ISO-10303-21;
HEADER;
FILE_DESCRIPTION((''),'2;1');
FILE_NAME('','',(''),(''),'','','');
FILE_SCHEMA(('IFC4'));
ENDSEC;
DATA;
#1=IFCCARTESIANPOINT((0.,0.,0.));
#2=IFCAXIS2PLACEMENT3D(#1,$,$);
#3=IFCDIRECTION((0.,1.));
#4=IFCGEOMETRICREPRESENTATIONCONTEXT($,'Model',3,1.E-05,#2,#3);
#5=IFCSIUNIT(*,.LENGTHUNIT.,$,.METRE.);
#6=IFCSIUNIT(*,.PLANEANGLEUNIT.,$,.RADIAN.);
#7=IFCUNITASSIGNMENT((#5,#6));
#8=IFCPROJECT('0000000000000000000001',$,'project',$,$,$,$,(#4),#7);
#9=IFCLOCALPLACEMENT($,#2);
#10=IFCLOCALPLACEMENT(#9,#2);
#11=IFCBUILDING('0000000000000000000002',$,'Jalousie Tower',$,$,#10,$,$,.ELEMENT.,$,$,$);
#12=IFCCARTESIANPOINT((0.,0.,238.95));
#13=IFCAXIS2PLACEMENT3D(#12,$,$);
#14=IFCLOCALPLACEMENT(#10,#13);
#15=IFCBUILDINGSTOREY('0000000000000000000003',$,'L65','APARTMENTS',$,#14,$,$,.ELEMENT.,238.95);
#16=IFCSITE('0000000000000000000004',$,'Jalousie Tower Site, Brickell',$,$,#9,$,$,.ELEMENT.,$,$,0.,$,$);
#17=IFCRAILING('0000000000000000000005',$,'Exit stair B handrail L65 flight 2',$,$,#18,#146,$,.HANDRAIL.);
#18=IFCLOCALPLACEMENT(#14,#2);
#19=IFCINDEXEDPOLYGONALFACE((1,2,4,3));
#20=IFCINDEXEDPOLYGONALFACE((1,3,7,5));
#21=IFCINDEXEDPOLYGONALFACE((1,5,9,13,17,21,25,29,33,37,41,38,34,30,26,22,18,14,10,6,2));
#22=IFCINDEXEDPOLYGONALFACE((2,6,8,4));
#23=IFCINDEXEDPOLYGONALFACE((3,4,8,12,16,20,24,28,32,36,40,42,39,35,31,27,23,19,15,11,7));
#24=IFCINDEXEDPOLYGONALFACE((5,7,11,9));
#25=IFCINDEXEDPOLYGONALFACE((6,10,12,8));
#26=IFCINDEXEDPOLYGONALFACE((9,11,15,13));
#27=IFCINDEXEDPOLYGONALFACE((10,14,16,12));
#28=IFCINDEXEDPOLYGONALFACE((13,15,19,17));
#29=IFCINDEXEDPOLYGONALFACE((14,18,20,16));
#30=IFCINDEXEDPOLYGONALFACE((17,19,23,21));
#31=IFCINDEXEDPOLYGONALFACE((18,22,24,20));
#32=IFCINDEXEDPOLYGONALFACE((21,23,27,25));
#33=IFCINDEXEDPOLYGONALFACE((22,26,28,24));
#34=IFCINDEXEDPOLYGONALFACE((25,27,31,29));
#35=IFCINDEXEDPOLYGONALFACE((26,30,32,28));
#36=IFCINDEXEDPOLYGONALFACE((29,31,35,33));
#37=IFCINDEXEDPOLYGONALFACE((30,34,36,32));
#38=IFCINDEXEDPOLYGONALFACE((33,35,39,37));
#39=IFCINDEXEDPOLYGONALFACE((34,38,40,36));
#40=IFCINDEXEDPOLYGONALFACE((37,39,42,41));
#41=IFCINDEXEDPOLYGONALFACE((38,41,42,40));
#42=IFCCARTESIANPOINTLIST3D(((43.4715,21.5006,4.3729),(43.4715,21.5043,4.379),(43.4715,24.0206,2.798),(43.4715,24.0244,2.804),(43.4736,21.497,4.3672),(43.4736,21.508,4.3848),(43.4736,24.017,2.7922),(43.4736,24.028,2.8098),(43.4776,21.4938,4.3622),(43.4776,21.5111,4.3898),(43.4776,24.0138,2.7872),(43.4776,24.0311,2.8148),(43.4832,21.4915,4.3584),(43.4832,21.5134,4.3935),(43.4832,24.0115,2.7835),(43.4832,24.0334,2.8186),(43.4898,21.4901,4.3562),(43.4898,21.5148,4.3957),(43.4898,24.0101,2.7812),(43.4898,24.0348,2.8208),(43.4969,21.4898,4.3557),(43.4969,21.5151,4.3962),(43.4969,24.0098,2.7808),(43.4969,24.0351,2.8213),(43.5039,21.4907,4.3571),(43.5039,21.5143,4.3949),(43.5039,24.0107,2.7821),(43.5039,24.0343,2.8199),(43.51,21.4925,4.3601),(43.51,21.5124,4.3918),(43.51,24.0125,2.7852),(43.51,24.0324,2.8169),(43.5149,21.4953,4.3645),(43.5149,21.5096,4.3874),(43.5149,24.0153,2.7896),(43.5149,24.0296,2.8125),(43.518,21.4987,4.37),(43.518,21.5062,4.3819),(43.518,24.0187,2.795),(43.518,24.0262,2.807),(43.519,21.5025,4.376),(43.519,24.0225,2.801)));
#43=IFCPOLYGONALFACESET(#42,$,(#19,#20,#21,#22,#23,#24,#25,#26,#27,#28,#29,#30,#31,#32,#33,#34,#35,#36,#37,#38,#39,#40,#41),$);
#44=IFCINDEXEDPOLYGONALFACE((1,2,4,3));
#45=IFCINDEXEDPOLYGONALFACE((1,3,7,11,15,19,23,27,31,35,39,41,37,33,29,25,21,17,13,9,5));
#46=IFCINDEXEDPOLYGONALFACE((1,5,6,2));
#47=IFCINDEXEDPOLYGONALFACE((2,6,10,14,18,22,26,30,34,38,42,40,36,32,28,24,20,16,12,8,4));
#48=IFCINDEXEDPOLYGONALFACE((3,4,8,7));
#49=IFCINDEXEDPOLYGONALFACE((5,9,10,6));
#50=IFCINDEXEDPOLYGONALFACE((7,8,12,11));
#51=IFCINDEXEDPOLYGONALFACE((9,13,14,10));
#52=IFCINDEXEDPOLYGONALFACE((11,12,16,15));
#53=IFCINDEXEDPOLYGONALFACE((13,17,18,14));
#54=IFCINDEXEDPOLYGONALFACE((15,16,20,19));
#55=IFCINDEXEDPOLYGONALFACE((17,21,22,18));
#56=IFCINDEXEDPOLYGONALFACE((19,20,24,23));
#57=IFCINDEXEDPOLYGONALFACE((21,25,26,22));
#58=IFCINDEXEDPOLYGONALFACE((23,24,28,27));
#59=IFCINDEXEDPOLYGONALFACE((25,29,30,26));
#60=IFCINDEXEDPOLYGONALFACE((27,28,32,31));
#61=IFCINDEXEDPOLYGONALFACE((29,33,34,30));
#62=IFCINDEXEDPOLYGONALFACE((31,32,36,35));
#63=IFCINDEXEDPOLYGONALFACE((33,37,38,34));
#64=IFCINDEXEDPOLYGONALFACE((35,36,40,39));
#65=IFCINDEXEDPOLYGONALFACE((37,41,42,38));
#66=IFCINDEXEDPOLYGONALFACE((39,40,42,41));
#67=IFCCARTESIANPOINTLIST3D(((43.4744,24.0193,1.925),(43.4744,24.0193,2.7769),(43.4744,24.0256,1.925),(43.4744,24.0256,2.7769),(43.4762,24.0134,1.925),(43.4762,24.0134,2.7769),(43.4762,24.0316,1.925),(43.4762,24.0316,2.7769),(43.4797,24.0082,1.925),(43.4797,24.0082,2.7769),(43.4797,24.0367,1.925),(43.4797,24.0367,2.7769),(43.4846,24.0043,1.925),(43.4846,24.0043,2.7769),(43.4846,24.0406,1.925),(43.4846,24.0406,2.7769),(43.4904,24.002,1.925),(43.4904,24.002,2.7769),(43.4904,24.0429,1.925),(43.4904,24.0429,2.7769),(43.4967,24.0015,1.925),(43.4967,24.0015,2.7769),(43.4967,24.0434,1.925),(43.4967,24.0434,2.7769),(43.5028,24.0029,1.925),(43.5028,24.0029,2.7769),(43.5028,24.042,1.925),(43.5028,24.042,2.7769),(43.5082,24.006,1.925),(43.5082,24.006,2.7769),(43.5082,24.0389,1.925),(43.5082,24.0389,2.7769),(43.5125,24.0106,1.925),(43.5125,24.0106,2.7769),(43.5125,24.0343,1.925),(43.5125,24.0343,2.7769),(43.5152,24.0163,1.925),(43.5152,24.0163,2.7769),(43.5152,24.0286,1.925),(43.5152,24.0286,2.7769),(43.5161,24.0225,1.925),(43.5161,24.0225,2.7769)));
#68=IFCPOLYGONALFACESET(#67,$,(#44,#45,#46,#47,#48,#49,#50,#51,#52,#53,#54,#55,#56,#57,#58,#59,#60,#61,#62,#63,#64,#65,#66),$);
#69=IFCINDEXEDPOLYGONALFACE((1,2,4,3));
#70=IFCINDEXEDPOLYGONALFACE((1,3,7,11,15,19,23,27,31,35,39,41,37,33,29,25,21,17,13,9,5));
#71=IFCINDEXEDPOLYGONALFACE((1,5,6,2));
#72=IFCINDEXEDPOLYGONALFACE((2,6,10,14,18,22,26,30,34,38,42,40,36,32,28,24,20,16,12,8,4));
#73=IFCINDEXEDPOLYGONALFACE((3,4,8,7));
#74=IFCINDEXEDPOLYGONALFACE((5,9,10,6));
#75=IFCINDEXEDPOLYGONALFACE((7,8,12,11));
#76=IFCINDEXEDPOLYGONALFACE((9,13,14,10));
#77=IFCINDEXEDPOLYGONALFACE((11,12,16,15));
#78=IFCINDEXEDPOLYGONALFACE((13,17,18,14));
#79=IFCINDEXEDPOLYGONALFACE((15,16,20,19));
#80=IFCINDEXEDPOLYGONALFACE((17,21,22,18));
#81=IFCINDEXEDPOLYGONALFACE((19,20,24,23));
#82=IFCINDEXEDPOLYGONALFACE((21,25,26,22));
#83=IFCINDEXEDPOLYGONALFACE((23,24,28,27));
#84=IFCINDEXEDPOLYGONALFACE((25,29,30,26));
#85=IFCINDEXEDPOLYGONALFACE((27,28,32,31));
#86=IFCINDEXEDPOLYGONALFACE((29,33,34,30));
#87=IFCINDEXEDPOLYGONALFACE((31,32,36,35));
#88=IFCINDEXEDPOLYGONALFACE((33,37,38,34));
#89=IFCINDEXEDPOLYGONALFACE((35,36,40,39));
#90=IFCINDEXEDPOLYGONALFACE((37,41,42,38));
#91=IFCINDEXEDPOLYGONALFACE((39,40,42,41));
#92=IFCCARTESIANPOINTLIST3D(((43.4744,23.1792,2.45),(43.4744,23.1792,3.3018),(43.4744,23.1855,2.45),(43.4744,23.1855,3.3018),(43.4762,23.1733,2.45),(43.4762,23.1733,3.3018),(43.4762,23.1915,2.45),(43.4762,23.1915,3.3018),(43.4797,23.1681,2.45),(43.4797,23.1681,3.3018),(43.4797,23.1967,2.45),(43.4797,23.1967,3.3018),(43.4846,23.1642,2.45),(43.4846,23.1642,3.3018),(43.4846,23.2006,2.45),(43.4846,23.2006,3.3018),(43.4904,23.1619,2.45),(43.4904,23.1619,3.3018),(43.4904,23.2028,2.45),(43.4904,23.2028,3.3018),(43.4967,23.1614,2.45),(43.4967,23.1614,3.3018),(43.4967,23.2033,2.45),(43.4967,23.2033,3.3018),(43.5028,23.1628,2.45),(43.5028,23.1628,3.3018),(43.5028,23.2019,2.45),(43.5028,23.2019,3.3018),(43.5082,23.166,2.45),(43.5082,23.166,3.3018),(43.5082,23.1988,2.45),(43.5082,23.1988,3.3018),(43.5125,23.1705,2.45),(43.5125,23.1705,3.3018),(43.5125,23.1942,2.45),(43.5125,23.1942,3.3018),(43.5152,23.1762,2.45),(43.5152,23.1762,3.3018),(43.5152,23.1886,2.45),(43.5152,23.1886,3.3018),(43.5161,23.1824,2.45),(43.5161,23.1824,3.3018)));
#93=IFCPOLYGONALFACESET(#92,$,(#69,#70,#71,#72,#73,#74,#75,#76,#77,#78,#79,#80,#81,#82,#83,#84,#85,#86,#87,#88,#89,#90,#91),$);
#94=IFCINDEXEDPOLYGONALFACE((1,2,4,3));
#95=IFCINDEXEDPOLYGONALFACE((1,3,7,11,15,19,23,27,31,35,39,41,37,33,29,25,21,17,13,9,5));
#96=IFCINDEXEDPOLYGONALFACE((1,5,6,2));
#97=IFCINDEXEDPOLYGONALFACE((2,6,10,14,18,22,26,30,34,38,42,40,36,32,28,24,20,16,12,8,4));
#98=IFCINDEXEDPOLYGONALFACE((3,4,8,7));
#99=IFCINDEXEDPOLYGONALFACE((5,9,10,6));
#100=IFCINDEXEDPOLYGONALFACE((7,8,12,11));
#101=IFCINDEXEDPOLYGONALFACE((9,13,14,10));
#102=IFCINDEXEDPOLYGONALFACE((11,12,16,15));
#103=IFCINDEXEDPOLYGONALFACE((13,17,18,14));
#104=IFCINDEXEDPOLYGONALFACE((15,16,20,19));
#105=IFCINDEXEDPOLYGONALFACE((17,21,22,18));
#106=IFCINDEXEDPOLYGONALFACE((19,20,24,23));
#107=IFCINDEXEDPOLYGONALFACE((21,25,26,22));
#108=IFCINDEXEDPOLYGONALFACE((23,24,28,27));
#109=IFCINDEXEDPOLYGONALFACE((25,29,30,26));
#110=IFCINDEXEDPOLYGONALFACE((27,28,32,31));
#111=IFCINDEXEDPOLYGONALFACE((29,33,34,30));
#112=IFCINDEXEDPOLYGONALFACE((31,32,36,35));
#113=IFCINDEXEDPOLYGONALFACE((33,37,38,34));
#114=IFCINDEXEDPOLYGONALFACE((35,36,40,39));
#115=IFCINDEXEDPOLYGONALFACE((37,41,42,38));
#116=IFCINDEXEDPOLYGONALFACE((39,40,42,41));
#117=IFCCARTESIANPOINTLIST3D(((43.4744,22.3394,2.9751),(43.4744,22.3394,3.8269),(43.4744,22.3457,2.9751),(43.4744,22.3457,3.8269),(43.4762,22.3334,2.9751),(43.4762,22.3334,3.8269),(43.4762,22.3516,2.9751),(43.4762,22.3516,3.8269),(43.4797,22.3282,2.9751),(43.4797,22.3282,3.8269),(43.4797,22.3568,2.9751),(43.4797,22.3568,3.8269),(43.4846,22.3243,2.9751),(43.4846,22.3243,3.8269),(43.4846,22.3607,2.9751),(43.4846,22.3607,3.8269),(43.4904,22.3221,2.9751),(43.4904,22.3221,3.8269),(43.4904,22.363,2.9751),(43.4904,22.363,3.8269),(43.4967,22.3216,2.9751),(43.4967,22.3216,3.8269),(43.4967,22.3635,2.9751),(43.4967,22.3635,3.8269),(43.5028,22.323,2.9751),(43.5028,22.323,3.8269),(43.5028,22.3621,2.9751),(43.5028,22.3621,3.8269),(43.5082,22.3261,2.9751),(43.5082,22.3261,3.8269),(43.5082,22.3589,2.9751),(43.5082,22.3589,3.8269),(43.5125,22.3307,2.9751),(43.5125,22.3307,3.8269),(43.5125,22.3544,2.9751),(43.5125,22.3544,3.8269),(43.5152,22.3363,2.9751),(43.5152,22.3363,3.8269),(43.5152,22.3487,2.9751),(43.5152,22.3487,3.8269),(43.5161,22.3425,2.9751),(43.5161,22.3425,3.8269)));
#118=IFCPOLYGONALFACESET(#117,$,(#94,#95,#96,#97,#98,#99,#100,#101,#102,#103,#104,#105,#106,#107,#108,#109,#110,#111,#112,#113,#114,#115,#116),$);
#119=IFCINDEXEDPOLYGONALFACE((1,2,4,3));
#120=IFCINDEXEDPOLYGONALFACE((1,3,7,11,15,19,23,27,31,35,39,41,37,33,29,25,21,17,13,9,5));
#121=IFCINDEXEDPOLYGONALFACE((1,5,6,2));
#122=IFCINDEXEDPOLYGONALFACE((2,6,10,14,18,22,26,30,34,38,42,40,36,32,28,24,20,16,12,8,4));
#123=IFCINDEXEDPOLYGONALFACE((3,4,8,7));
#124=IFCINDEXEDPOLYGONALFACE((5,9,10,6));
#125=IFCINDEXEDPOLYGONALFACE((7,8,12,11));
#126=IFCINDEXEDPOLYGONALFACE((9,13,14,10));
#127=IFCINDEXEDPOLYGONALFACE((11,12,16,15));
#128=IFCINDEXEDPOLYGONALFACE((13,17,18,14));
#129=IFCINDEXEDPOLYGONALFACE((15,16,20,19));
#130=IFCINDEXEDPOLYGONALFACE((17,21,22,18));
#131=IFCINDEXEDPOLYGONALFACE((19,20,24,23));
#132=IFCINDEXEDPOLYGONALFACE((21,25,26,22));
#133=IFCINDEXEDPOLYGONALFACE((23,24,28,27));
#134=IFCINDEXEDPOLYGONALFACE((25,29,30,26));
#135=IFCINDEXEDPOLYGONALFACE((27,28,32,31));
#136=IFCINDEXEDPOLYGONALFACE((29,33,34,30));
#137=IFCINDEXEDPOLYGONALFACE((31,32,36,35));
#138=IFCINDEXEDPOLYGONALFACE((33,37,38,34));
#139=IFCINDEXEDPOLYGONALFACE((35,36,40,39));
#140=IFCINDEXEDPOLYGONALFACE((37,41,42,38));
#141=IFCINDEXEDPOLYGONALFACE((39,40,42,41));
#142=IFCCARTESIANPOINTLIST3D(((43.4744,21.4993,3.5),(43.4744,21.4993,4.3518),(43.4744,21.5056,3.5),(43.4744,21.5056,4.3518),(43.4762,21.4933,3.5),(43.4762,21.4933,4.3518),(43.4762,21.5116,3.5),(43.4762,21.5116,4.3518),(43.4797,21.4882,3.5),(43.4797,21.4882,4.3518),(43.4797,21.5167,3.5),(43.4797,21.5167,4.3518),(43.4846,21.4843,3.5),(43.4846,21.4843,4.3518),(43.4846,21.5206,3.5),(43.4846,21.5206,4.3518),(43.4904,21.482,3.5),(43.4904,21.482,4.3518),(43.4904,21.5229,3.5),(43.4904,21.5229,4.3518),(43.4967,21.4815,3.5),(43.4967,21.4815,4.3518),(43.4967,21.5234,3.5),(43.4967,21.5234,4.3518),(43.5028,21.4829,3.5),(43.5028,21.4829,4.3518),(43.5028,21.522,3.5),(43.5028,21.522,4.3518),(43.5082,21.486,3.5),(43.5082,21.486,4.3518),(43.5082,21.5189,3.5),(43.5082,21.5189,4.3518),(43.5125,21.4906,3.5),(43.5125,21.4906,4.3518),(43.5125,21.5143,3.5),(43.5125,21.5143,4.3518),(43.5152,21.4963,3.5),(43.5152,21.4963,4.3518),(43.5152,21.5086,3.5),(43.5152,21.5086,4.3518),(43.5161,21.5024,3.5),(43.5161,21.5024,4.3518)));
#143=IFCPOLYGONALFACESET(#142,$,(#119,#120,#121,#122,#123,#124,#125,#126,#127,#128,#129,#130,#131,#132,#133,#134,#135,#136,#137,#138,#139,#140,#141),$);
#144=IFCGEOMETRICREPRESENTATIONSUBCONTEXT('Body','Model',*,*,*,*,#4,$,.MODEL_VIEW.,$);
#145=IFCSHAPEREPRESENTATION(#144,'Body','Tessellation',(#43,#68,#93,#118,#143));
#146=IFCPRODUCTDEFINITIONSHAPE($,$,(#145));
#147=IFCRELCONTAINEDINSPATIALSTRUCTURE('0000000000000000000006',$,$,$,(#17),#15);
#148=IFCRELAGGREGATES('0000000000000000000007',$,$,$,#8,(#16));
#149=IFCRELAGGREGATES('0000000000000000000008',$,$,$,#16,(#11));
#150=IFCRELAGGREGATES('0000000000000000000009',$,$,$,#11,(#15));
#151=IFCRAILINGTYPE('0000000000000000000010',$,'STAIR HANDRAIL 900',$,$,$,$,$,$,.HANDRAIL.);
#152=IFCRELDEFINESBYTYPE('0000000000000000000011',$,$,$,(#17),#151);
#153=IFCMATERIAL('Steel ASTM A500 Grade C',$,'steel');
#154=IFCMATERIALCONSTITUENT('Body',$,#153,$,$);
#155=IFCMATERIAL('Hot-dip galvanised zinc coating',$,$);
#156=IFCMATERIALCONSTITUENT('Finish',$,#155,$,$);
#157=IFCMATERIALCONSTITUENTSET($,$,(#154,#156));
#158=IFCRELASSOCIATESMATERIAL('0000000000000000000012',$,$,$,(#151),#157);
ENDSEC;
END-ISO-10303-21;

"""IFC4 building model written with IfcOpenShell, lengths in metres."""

from ifc_helpers import new_model, si_unit, direction, frame, origin, origin_2d, place, context, subcontext, project, spatial, circle, extrude, material, constituent, constituent_set, type_object, element, save


model = new_model("IFC4")

# Units and contexts
model_context = context("Model", 3, precision=1e-05, world=origin(), true_north=direction((0.0, 1.0)))
body_context = subcontext(model_context, "Body", "Model", "MODEL_VIEW")
ifc_project = project(units=[si_unit("LENGTHUNIT", "METRE"), si_unit("PLANEANGLEUNIT", "RADIAN")], contexts=[model_context])

# Site, building, storey
site_placement = place(None, origin())
site = spatial("IfcSite", under=ifc_project, at=site_placement, Name="Jalousie Tower Site, Brickell", CompositionType="ELEMENT", RefElevation=0.0)
building_placement = place(site_placement, origin())
building = spatial("IfcBuilding", under=site, at=building_placement, Name="Jalousie Tower", CompositionType="ELEMENT")
storey_placement = place(building_placement, frame((0.0, 0.0, 238.95)))
storey = spatial("IfcBuildingStorey", under=building, at=storey_placement, Name="L65", Description="APARTMENTS", CompositionType="ELEMENT", Elevation=238.95)

# Railing
ifc_material_1 = material(Name="Steel ASTM A500 Grade C", Category="steel")
ifc_constituent_1 = constituent(ifc_material_1, Name="Body")
ifc_material_2 = material(Name="Hot-dip galvanised zinc coating")
ifc_constituent_2 = constituent(ifc_material_2, Name="Finish")
ifc_constituent_set_1 = constituent_set(constituents=[ifc_constituent_1, ifc_constituent_2])
railing_type_1 = type_object("IfcRailingType", Name="STAIR HANDRAIL 900", PredefinedType="HANDRAIL", material=ifc_constituent_set_1)
railing_1_placement = place(storey_placement, frame((43.4951, 24.0225, 1.925)))
element("IfcRailing", 1, at=railing_1_placement, inside=storey, type_object=railing_type_1, Name="Exit stair B handrail L65 flight 2", PredefinedType="HANDRAIL", context=body_context, shape_type="SweptSolid", body=[
    extrude(circle(Radius=0.0239, at=origin_2d()), frame((0.0, 0.0, 0.876), z_axis=(0.0, -0.848008, 0.529984), x_axis=(1.0, 0.0, 0.0)), (0.0, 0.0, 1.0), 2.9717),
    extrude(circle(Radius=0.021, at=origin_2d()), origin(), (0.0, 0.0, 1.0), 0.8518),
    extrude(circle(Radius=0.021, at=origin_2d()), frame((0.0, -0.8401, 0.5249)), (0.0, 0.0, 1.0), 0.8518),
    extrude(circle(Radius=0.021, at=origin_2d()), frame((0.0, -1.6799, 1.05)), (0.0, 0.0, 1.0), 0.8518),
    extrude(circle(Radius=0.021, at=origin_2d()), frame((0.0, -2.52, 1.575)), (0.0, 0.0, 1.0), 0.8518),
])

save(model, "model.ifc")
